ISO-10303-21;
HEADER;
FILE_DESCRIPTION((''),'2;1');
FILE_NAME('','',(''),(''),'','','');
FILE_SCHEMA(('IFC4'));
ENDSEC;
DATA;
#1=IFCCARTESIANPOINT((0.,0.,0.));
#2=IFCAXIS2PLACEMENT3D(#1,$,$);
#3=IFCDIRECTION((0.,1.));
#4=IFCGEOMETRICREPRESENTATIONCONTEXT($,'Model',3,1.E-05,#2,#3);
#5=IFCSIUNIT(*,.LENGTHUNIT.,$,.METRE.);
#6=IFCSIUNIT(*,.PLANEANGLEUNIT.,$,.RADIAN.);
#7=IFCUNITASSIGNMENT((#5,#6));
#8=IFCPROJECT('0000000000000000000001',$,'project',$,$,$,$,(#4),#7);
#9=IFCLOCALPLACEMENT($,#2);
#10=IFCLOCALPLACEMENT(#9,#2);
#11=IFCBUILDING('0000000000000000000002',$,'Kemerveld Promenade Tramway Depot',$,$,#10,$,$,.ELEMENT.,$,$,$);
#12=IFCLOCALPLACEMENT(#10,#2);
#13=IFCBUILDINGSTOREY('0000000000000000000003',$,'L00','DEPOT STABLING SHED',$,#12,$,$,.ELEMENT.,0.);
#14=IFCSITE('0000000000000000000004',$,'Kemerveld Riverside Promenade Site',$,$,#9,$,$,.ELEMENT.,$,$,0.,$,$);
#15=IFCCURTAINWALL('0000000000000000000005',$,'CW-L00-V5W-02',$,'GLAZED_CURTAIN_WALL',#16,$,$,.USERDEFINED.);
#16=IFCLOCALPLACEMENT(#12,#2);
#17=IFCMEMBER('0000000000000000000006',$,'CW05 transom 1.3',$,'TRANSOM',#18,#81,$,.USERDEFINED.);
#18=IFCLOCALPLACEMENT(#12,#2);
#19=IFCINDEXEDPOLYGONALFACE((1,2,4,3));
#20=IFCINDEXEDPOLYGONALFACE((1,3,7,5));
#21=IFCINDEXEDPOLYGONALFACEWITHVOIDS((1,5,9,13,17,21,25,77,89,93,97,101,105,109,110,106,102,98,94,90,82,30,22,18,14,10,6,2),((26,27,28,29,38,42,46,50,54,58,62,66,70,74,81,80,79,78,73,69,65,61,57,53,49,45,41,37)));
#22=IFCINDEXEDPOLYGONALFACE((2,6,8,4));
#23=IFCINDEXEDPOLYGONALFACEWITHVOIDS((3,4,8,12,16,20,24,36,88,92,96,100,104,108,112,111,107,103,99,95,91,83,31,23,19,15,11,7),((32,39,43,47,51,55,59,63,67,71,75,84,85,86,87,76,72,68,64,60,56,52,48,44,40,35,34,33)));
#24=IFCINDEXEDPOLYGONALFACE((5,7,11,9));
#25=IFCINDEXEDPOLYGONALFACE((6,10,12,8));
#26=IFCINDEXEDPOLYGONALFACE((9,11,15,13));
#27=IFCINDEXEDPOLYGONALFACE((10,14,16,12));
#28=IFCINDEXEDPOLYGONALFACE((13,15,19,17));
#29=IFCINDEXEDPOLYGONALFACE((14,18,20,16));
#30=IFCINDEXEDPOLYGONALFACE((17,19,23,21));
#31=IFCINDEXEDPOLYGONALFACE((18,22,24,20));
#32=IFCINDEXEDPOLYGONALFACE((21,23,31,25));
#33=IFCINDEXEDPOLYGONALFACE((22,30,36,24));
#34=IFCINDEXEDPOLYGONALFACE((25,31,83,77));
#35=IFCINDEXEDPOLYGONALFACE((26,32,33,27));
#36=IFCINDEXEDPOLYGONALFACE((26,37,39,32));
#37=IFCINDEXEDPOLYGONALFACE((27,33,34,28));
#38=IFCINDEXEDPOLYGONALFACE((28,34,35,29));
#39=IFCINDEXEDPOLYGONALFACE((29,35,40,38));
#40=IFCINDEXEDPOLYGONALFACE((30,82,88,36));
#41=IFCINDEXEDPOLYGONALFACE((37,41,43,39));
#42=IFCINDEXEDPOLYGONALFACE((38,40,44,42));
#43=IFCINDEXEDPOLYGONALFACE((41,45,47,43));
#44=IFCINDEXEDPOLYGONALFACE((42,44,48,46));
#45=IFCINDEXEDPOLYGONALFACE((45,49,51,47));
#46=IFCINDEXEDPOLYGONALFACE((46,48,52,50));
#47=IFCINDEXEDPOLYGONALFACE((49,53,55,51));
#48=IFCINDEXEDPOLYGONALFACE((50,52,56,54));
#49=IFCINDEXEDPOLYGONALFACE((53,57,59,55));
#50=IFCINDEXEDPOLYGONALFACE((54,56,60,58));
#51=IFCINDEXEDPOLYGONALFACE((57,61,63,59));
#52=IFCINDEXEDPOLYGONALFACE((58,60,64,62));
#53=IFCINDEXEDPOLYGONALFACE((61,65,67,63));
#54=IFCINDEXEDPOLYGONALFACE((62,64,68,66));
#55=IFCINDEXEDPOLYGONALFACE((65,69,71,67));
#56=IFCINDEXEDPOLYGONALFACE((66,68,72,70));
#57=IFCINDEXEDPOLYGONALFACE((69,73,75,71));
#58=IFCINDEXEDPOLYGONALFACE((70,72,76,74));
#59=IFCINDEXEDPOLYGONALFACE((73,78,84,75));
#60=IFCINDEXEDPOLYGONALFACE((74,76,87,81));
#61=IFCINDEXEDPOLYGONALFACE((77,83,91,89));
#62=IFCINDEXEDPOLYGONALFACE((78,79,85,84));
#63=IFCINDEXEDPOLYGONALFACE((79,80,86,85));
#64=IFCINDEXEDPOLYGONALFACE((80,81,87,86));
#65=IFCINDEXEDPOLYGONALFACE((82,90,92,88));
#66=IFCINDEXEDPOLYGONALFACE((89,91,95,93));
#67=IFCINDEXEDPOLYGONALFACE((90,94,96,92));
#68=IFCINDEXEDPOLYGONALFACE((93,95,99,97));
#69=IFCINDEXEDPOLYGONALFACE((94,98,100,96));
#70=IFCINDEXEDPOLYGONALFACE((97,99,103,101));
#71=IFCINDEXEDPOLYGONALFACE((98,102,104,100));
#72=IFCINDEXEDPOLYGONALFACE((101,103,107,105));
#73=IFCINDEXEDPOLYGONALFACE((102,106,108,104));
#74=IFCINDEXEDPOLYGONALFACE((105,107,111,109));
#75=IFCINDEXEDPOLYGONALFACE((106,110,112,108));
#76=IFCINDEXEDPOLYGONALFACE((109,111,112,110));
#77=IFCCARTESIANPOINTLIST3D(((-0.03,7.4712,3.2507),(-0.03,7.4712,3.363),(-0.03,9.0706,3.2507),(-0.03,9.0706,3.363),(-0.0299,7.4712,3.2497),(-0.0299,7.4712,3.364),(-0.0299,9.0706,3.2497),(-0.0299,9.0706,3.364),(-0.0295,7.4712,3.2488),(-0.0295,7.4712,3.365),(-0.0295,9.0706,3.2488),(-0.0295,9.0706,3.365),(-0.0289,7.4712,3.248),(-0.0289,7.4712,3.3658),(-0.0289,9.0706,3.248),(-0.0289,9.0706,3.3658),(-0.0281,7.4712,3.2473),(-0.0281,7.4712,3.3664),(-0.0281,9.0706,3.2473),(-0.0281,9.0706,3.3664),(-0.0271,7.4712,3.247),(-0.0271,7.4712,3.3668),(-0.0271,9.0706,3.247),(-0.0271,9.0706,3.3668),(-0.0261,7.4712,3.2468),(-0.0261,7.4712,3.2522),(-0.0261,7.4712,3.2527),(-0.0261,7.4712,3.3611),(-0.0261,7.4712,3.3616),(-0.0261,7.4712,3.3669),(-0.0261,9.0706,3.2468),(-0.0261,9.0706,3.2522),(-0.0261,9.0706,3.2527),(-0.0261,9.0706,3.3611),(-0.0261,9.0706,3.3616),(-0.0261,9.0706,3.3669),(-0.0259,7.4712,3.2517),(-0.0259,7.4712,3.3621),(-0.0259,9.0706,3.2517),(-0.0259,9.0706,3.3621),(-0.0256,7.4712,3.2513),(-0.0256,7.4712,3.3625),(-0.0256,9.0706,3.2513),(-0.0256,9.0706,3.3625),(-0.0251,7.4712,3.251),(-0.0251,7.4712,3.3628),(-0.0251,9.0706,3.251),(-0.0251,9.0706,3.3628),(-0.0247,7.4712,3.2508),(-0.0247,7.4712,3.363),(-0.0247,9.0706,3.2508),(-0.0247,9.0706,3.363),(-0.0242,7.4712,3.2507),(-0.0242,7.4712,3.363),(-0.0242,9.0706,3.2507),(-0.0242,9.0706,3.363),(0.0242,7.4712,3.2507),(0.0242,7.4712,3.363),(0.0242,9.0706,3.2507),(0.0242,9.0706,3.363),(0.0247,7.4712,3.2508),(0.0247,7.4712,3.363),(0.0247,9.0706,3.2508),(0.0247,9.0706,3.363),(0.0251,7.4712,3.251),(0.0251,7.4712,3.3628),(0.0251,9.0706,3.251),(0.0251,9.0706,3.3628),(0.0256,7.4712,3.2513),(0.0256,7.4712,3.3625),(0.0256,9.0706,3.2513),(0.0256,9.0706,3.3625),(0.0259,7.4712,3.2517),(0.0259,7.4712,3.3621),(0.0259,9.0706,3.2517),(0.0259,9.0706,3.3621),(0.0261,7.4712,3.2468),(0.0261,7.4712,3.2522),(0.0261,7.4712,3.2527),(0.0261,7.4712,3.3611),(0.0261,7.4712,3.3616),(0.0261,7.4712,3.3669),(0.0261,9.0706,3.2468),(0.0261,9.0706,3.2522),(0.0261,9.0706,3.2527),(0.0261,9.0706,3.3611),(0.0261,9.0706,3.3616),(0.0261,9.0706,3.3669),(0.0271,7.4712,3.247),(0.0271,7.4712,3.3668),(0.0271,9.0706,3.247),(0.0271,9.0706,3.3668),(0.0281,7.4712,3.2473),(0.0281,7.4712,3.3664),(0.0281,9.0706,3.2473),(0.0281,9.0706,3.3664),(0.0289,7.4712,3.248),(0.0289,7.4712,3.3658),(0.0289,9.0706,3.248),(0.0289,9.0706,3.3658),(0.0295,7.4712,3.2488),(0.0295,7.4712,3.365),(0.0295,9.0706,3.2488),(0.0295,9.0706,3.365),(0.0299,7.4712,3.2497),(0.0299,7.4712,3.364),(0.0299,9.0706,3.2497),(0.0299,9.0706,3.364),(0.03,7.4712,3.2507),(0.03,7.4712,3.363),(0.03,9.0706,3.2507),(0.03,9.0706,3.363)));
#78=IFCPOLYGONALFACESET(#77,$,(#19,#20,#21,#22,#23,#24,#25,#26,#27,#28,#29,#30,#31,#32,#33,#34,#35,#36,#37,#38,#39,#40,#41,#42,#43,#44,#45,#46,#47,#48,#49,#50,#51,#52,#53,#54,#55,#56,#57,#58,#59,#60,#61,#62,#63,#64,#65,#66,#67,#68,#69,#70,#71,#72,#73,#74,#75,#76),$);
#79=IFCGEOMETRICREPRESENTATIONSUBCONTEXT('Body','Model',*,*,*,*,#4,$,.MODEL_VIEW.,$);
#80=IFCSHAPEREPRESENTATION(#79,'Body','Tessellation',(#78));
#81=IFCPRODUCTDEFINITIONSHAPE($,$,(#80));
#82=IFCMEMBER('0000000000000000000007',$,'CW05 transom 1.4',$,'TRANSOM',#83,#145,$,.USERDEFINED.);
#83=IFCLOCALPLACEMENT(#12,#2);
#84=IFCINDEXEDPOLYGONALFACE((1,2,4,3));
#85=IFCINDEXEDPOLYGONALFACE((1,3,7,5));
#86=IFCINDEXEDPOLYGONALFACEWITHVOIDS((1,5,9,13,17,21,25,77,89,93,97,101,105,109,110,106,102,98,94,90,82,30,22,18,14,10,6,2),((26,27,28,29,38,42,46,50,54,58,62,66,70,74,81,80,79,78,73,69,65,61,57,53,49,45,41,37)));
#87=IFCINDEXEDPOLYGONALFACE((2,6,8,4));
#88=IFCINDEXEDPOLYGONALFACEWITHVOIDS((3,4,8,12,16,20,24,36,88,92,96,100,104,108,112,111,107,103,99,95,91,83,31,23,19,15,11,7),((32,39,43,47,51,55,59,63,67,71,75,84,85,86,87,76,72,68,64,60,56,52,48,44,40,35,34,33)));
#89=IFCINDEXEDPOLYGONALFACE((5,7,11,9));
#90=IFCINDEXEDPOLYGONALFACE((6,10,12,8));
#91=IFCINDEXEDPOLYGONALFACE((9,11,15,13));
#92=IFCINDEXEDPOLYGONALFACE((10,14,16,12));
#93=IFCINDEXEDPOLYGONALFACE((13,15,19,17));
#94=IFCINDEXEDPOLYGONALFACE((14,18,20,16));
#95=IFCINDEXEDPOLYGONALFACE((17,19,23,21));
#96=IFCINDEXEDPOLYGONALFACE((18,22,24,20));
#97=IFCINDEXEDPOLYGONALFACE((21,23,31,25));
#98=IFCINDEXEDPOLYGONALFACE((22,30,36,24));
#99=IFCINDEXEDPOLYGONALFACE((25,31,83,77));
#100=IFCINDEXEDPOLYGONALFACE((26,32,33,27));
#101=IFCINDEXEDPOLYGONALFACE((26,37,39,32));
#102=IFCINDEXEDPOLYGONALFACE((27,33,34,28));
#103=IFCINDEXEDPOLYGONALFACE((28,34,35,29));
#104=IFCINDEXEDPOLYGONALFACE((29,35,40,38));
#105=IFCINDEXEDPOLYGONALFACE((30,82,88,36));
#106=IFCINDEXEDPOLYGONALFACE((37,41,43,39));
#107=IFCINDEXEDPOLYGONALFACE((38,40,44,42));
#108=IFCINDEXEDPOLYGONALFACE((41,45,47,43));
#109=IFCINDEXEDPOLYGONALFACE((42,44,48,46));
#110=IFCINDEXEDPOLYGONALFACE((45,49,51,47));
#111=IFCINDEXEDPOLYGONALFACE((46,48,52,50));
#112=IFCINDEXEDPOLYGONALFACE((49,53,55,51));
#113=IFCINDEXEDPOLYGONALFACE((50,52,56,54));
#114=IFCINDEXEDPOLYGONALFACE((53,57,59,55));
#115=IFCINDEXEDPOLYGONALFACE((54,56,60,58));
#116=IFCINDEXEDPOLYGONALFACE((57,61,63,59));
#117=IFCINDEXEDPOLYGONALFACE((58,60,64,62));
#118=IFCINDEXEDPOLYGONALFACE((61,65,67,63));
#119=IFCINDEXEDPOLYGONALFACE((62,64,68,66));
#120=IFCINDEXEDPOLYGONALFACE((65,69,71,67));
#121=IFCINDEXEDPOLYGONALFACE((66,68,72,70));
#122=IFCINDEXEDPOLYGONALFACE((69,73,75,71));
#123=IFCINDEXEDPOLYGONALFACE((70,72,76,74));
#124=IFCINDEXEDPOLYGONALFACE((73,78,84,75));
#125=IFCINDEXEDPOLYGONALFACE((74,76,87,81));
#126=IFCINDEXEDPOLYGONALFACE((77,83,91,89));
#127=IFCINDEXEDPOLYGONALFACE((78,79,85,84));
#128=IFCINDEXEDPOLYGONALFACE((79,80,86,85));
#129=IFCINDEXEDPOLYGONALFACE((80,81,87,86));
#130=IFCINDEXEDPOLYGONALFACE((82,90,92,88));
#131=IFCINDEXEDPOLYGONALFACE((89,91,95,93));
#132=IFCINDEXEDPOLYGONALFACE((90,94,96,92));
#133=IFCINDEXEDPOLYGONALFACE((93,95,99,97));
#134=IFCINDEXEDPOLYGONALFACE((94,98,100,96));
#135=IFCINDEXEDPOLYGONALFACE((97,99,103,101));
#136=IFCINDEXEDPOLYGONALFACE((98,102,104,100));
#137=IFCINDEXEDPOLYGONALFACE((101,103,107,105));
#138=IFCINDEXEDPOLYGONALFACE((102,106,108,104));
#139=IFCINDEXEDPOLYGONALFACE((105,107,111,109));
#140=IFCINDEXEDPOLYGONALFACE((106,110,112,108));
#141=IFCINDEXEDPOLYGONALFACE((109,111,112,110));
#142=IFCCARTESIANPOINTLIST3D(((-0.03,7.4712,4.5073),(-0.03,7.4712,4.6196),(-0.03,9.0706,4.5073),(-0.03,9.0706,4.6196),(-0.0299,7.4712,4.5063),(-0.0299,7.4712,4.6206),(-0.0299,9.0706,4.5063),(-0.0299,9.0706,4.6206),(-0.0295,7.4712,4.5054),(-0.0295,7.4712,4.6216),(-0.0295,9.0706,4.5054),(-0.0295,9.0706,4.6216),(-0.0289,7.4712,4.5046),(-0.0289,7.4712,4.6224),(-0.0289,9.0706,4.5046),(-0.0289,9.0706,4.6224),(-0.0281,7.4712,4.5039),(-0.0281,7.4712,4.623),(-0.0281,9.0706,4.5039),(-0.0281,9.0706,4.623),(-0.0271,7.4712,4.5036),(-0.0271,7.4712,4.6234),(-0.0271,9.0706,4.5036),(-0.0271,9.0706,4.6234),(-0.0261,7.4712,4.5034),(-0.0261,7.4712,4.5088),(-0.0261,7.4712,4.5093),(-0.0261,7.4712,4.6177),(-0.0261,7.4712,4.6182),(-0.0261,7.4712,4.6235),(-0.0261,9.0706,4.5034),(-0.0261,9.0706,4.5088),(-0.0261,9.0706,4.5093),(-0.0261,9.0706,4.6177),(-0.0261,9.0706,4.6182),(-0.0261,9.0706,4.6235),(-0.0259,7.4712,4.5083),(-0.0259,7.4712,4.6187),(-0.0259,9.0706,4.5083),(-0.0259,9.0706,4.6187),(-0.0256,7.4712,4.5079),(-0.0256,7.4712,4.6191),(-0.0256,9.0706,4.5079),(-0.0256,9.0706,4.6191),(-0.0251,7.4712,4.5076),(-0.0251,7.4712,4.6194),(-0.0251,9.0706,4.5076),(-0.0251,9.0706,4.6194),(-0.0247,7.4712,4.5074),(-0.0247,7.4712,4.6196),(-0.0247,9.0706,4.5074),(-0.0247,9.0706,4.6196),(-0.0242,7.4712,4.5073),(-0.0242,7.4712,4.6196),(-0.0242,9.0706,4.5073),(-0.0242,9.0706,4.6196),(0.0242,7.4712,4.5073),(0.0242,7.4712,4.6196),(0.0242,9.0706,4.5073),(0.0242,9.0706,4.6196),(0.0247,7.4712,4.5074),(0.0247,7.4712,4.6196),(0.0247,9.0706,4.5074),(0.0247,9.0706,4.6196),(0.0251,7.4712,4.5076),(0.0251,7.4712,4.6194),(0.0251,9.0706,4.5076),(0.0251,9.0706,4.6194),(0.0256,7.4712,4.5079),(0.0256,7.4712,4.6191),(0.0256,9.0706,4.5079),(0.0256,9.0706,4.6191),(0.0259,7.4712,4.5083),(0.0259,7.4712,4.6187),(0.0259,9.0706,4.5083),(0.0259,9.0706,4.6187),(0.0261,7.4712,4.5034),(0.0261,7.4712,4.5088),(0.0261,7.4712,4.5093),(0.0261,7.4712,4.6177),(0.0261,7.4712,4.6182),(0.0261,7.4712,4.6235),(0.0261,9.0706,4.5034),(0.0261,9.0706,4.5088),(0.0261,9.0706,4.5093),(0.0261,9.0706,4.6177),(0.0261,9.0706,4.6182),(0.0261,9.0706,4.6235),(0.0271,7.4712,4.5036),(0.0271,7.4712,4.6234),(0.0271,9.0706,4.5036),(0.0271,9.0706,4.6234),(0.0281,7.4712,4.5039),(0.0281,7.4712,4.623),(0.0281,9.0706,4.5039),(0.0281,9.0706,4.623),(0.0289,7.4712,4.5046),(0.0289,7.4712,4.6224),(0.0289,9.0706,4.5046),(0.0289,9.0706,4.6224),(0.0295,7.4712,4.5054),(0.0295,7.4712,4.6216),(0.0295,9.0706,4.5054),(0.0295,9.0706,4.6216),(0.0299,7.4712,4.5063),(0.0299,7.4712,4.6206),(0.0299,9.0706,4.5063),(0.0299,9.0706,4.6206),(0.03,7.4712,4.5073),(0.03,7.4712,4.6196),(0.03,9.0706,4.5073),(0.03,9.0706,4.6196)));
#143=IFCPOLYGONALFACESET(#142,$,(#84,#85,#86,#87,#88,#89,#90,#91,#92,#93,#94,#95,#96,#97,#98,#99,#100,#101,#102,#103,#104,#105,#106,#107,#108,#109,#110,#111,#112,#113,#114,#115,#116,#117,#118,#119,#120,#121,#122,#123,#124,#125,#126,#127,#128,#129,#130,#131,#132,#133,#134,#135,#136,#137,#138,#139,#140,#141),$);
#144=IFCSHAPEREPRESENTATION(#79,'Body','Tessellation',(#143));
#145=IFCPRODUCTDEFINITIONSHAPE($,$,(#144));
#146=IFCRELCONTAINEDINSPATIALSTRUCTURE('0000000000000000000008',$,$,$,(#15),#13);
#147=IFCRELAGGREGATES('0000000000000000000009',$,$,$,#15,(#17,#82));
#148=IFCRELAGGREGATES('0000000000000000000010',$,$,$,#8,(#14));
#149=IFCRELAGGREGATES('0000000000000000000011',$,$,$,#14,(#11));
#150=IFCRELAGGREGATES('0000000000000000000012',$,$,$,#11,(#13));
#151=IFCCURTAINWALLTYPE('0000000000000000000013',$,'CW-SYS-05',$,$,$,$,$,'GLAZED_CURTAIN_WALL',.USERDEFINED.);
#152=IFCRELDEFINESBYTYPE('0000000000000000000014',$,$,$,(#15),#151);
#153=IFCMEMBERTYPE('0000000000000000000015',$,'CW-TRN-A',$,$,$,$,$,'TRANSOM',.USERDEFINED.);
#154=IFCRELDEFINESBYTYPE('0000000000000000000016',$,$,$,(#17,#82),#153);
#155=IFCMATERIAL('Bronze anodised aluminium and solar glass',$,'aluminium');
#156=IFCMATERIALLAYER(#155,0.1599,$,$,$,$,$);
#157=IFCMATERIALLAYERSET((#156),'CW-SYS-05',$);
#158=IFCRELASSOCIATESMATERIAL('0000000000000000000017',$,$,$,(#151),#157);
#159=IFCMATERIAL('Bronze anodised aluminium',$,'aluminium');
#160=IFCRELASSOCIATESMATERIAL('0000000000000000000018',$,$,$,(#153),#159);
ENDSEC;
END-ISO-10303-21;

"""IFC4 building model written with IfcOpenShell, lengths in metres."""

from ifc_helpers import new_model, si_unit, direction, frame, origin, origin_2d, place, context, subcontext, project, spatial, hollow_rectangle, extrude, material, layer, layer_set, material_profile, profile_set, type_object, element, aggregate, save


model = new_model("IFC4")

# Units and contexts
model_context = context("Model", 3, precision=1e-05, world=origin(), true_north=direction((0.0, 1.0)))
body_context = subcontext(model_context, "Body", "Model", "MODEL_VIEW")
ifc_project = project(units=[si_unit("LENGTHUNIT", "METRE"), si_unit("PLANEANGLEUNIT", "RADIAN")], contexts=[model_context])

# Site, building, storey
site_placement = place(None, origin())
site = spatial("IfcSite", under=ifc_project, at=site_placement, Name="Kemerveld Riverside Promenade Site", CompositionType="ELEMENT", RefElevation=0.0)
building_placement = place(site_placement, origin())
building = spatial("IfcBuilding", under=site, at=building_placement, Name="Kemerveld Promenade Tramway Depot", CompositionType="ELEMENT")
storey_placement = place(building_placement, origin())
storey = spatial("IfcBuildingStorey", under=building, at=storey_placement, Name="L00", Description="DEPOT STABLING SHED", CompositionType="ELEMENT", Elevation=0.0)

# Curtain wall, members
ifc_material_1 = material(Name="Bronze anodised aluminium and solar glass", Category="aluminium")
ifc_layer_1 = layer(ifc_material_1, 0.1599)
ifc_layer_set_1 = layer_set([ifc_layer_1], Name="CW-SYS-05")
curtain_wall_type = type_object("IfcCurtainWallType", Name="CW-SYS-05", ElementType="GLAZED_CURTAIN_WALL", PredefinedType="USERDEFINED", material=ifc_layer_set_1)
curtain_wall_placement = place(storey_placement, origin())
curtain_wall = element("IfcCurtainWall", 1, at=curtain_wall_placement, inside=storey, type_object=curtain_wall_type, Name="CW-L00-V5W-02", ObjectType="GLAZED_CURTAIN_WALL", PredefinedType="USERDEFINED")
ifc_material_2 = material(Name="Bronze anodised aluminium", Category="aluminium")
ifc_material_profile_1 = material_profile(ifc_material_2, hollow_rectangle(XDim=0.0601, YDim=0.1201, WallThickness=0.0039, InnerFilletRadius=0.002, OuterFilletRadius=0.0039, at=origin_2d()), Name="CW-TRN-120x60")
ifc_profile_set_1 = profile_set([ifc_material_profile_1], Name="Bronze anodised aluminium")
member_type_1 = type_object("IfcMemberType", Name="CW-TRN-A", ElementType="TRANSOM", PredefinedType="USERDEFINED", material=ifc_profile_set_1)
member_1_placement = place(storey_placement, frame((0.0, 7.4712, 3.3069), z_axis=(0.0, 1.0, 0.0), x_axis=(-1.0, 0.0, 0.0)))
member_1 = element("IfcMember", 2, at=member_1_placement, type_object=member_type_1, Name="CW05 transom 1.3", ObjectType="TRANSOM", PredefinedType="USERDEFINED", context=body_context, shape_type="SweptSolid", body=[
    extrude(hollow_rectangle(XDim=0.0601, YDim=0.1201, WallThickness=0.0039, InnerFilletRadius=0.002, OuterFilletRadius=0.0039, at=origin_2d()), origin(), (0.0, 0.0, 1.0), 1.5994),
])
member_2_placement = place(storey_placement, frame((0.0, 7.4712, 4.5635), z_axis=(0.0, 1.0, 0.0), x_axis=(-1.0, 0.0, 0.0)))
member_2 = element("IfcMember", 3, at=member_2_placement, type_object=member_type_1, Name="CW05 transom 1.4", ObjectType="TRANSOM", PredefinedType="USERDEFINED", context=body_context, shape_type="SweptSolid", body=[
    extrude(hollow_rectangle(XDim=0.0601, YDim=0.1201, WallThickness=0.0039, InnerFilletRadius=0.002, OuterFilletRadius=0.0039, at=origin_2d()), origin(), (0.0, 0.0, 1.0), 1.5994),
])
aggregate(curtain_wall, [member_1, member_2])

save(model, "model.ifc")
